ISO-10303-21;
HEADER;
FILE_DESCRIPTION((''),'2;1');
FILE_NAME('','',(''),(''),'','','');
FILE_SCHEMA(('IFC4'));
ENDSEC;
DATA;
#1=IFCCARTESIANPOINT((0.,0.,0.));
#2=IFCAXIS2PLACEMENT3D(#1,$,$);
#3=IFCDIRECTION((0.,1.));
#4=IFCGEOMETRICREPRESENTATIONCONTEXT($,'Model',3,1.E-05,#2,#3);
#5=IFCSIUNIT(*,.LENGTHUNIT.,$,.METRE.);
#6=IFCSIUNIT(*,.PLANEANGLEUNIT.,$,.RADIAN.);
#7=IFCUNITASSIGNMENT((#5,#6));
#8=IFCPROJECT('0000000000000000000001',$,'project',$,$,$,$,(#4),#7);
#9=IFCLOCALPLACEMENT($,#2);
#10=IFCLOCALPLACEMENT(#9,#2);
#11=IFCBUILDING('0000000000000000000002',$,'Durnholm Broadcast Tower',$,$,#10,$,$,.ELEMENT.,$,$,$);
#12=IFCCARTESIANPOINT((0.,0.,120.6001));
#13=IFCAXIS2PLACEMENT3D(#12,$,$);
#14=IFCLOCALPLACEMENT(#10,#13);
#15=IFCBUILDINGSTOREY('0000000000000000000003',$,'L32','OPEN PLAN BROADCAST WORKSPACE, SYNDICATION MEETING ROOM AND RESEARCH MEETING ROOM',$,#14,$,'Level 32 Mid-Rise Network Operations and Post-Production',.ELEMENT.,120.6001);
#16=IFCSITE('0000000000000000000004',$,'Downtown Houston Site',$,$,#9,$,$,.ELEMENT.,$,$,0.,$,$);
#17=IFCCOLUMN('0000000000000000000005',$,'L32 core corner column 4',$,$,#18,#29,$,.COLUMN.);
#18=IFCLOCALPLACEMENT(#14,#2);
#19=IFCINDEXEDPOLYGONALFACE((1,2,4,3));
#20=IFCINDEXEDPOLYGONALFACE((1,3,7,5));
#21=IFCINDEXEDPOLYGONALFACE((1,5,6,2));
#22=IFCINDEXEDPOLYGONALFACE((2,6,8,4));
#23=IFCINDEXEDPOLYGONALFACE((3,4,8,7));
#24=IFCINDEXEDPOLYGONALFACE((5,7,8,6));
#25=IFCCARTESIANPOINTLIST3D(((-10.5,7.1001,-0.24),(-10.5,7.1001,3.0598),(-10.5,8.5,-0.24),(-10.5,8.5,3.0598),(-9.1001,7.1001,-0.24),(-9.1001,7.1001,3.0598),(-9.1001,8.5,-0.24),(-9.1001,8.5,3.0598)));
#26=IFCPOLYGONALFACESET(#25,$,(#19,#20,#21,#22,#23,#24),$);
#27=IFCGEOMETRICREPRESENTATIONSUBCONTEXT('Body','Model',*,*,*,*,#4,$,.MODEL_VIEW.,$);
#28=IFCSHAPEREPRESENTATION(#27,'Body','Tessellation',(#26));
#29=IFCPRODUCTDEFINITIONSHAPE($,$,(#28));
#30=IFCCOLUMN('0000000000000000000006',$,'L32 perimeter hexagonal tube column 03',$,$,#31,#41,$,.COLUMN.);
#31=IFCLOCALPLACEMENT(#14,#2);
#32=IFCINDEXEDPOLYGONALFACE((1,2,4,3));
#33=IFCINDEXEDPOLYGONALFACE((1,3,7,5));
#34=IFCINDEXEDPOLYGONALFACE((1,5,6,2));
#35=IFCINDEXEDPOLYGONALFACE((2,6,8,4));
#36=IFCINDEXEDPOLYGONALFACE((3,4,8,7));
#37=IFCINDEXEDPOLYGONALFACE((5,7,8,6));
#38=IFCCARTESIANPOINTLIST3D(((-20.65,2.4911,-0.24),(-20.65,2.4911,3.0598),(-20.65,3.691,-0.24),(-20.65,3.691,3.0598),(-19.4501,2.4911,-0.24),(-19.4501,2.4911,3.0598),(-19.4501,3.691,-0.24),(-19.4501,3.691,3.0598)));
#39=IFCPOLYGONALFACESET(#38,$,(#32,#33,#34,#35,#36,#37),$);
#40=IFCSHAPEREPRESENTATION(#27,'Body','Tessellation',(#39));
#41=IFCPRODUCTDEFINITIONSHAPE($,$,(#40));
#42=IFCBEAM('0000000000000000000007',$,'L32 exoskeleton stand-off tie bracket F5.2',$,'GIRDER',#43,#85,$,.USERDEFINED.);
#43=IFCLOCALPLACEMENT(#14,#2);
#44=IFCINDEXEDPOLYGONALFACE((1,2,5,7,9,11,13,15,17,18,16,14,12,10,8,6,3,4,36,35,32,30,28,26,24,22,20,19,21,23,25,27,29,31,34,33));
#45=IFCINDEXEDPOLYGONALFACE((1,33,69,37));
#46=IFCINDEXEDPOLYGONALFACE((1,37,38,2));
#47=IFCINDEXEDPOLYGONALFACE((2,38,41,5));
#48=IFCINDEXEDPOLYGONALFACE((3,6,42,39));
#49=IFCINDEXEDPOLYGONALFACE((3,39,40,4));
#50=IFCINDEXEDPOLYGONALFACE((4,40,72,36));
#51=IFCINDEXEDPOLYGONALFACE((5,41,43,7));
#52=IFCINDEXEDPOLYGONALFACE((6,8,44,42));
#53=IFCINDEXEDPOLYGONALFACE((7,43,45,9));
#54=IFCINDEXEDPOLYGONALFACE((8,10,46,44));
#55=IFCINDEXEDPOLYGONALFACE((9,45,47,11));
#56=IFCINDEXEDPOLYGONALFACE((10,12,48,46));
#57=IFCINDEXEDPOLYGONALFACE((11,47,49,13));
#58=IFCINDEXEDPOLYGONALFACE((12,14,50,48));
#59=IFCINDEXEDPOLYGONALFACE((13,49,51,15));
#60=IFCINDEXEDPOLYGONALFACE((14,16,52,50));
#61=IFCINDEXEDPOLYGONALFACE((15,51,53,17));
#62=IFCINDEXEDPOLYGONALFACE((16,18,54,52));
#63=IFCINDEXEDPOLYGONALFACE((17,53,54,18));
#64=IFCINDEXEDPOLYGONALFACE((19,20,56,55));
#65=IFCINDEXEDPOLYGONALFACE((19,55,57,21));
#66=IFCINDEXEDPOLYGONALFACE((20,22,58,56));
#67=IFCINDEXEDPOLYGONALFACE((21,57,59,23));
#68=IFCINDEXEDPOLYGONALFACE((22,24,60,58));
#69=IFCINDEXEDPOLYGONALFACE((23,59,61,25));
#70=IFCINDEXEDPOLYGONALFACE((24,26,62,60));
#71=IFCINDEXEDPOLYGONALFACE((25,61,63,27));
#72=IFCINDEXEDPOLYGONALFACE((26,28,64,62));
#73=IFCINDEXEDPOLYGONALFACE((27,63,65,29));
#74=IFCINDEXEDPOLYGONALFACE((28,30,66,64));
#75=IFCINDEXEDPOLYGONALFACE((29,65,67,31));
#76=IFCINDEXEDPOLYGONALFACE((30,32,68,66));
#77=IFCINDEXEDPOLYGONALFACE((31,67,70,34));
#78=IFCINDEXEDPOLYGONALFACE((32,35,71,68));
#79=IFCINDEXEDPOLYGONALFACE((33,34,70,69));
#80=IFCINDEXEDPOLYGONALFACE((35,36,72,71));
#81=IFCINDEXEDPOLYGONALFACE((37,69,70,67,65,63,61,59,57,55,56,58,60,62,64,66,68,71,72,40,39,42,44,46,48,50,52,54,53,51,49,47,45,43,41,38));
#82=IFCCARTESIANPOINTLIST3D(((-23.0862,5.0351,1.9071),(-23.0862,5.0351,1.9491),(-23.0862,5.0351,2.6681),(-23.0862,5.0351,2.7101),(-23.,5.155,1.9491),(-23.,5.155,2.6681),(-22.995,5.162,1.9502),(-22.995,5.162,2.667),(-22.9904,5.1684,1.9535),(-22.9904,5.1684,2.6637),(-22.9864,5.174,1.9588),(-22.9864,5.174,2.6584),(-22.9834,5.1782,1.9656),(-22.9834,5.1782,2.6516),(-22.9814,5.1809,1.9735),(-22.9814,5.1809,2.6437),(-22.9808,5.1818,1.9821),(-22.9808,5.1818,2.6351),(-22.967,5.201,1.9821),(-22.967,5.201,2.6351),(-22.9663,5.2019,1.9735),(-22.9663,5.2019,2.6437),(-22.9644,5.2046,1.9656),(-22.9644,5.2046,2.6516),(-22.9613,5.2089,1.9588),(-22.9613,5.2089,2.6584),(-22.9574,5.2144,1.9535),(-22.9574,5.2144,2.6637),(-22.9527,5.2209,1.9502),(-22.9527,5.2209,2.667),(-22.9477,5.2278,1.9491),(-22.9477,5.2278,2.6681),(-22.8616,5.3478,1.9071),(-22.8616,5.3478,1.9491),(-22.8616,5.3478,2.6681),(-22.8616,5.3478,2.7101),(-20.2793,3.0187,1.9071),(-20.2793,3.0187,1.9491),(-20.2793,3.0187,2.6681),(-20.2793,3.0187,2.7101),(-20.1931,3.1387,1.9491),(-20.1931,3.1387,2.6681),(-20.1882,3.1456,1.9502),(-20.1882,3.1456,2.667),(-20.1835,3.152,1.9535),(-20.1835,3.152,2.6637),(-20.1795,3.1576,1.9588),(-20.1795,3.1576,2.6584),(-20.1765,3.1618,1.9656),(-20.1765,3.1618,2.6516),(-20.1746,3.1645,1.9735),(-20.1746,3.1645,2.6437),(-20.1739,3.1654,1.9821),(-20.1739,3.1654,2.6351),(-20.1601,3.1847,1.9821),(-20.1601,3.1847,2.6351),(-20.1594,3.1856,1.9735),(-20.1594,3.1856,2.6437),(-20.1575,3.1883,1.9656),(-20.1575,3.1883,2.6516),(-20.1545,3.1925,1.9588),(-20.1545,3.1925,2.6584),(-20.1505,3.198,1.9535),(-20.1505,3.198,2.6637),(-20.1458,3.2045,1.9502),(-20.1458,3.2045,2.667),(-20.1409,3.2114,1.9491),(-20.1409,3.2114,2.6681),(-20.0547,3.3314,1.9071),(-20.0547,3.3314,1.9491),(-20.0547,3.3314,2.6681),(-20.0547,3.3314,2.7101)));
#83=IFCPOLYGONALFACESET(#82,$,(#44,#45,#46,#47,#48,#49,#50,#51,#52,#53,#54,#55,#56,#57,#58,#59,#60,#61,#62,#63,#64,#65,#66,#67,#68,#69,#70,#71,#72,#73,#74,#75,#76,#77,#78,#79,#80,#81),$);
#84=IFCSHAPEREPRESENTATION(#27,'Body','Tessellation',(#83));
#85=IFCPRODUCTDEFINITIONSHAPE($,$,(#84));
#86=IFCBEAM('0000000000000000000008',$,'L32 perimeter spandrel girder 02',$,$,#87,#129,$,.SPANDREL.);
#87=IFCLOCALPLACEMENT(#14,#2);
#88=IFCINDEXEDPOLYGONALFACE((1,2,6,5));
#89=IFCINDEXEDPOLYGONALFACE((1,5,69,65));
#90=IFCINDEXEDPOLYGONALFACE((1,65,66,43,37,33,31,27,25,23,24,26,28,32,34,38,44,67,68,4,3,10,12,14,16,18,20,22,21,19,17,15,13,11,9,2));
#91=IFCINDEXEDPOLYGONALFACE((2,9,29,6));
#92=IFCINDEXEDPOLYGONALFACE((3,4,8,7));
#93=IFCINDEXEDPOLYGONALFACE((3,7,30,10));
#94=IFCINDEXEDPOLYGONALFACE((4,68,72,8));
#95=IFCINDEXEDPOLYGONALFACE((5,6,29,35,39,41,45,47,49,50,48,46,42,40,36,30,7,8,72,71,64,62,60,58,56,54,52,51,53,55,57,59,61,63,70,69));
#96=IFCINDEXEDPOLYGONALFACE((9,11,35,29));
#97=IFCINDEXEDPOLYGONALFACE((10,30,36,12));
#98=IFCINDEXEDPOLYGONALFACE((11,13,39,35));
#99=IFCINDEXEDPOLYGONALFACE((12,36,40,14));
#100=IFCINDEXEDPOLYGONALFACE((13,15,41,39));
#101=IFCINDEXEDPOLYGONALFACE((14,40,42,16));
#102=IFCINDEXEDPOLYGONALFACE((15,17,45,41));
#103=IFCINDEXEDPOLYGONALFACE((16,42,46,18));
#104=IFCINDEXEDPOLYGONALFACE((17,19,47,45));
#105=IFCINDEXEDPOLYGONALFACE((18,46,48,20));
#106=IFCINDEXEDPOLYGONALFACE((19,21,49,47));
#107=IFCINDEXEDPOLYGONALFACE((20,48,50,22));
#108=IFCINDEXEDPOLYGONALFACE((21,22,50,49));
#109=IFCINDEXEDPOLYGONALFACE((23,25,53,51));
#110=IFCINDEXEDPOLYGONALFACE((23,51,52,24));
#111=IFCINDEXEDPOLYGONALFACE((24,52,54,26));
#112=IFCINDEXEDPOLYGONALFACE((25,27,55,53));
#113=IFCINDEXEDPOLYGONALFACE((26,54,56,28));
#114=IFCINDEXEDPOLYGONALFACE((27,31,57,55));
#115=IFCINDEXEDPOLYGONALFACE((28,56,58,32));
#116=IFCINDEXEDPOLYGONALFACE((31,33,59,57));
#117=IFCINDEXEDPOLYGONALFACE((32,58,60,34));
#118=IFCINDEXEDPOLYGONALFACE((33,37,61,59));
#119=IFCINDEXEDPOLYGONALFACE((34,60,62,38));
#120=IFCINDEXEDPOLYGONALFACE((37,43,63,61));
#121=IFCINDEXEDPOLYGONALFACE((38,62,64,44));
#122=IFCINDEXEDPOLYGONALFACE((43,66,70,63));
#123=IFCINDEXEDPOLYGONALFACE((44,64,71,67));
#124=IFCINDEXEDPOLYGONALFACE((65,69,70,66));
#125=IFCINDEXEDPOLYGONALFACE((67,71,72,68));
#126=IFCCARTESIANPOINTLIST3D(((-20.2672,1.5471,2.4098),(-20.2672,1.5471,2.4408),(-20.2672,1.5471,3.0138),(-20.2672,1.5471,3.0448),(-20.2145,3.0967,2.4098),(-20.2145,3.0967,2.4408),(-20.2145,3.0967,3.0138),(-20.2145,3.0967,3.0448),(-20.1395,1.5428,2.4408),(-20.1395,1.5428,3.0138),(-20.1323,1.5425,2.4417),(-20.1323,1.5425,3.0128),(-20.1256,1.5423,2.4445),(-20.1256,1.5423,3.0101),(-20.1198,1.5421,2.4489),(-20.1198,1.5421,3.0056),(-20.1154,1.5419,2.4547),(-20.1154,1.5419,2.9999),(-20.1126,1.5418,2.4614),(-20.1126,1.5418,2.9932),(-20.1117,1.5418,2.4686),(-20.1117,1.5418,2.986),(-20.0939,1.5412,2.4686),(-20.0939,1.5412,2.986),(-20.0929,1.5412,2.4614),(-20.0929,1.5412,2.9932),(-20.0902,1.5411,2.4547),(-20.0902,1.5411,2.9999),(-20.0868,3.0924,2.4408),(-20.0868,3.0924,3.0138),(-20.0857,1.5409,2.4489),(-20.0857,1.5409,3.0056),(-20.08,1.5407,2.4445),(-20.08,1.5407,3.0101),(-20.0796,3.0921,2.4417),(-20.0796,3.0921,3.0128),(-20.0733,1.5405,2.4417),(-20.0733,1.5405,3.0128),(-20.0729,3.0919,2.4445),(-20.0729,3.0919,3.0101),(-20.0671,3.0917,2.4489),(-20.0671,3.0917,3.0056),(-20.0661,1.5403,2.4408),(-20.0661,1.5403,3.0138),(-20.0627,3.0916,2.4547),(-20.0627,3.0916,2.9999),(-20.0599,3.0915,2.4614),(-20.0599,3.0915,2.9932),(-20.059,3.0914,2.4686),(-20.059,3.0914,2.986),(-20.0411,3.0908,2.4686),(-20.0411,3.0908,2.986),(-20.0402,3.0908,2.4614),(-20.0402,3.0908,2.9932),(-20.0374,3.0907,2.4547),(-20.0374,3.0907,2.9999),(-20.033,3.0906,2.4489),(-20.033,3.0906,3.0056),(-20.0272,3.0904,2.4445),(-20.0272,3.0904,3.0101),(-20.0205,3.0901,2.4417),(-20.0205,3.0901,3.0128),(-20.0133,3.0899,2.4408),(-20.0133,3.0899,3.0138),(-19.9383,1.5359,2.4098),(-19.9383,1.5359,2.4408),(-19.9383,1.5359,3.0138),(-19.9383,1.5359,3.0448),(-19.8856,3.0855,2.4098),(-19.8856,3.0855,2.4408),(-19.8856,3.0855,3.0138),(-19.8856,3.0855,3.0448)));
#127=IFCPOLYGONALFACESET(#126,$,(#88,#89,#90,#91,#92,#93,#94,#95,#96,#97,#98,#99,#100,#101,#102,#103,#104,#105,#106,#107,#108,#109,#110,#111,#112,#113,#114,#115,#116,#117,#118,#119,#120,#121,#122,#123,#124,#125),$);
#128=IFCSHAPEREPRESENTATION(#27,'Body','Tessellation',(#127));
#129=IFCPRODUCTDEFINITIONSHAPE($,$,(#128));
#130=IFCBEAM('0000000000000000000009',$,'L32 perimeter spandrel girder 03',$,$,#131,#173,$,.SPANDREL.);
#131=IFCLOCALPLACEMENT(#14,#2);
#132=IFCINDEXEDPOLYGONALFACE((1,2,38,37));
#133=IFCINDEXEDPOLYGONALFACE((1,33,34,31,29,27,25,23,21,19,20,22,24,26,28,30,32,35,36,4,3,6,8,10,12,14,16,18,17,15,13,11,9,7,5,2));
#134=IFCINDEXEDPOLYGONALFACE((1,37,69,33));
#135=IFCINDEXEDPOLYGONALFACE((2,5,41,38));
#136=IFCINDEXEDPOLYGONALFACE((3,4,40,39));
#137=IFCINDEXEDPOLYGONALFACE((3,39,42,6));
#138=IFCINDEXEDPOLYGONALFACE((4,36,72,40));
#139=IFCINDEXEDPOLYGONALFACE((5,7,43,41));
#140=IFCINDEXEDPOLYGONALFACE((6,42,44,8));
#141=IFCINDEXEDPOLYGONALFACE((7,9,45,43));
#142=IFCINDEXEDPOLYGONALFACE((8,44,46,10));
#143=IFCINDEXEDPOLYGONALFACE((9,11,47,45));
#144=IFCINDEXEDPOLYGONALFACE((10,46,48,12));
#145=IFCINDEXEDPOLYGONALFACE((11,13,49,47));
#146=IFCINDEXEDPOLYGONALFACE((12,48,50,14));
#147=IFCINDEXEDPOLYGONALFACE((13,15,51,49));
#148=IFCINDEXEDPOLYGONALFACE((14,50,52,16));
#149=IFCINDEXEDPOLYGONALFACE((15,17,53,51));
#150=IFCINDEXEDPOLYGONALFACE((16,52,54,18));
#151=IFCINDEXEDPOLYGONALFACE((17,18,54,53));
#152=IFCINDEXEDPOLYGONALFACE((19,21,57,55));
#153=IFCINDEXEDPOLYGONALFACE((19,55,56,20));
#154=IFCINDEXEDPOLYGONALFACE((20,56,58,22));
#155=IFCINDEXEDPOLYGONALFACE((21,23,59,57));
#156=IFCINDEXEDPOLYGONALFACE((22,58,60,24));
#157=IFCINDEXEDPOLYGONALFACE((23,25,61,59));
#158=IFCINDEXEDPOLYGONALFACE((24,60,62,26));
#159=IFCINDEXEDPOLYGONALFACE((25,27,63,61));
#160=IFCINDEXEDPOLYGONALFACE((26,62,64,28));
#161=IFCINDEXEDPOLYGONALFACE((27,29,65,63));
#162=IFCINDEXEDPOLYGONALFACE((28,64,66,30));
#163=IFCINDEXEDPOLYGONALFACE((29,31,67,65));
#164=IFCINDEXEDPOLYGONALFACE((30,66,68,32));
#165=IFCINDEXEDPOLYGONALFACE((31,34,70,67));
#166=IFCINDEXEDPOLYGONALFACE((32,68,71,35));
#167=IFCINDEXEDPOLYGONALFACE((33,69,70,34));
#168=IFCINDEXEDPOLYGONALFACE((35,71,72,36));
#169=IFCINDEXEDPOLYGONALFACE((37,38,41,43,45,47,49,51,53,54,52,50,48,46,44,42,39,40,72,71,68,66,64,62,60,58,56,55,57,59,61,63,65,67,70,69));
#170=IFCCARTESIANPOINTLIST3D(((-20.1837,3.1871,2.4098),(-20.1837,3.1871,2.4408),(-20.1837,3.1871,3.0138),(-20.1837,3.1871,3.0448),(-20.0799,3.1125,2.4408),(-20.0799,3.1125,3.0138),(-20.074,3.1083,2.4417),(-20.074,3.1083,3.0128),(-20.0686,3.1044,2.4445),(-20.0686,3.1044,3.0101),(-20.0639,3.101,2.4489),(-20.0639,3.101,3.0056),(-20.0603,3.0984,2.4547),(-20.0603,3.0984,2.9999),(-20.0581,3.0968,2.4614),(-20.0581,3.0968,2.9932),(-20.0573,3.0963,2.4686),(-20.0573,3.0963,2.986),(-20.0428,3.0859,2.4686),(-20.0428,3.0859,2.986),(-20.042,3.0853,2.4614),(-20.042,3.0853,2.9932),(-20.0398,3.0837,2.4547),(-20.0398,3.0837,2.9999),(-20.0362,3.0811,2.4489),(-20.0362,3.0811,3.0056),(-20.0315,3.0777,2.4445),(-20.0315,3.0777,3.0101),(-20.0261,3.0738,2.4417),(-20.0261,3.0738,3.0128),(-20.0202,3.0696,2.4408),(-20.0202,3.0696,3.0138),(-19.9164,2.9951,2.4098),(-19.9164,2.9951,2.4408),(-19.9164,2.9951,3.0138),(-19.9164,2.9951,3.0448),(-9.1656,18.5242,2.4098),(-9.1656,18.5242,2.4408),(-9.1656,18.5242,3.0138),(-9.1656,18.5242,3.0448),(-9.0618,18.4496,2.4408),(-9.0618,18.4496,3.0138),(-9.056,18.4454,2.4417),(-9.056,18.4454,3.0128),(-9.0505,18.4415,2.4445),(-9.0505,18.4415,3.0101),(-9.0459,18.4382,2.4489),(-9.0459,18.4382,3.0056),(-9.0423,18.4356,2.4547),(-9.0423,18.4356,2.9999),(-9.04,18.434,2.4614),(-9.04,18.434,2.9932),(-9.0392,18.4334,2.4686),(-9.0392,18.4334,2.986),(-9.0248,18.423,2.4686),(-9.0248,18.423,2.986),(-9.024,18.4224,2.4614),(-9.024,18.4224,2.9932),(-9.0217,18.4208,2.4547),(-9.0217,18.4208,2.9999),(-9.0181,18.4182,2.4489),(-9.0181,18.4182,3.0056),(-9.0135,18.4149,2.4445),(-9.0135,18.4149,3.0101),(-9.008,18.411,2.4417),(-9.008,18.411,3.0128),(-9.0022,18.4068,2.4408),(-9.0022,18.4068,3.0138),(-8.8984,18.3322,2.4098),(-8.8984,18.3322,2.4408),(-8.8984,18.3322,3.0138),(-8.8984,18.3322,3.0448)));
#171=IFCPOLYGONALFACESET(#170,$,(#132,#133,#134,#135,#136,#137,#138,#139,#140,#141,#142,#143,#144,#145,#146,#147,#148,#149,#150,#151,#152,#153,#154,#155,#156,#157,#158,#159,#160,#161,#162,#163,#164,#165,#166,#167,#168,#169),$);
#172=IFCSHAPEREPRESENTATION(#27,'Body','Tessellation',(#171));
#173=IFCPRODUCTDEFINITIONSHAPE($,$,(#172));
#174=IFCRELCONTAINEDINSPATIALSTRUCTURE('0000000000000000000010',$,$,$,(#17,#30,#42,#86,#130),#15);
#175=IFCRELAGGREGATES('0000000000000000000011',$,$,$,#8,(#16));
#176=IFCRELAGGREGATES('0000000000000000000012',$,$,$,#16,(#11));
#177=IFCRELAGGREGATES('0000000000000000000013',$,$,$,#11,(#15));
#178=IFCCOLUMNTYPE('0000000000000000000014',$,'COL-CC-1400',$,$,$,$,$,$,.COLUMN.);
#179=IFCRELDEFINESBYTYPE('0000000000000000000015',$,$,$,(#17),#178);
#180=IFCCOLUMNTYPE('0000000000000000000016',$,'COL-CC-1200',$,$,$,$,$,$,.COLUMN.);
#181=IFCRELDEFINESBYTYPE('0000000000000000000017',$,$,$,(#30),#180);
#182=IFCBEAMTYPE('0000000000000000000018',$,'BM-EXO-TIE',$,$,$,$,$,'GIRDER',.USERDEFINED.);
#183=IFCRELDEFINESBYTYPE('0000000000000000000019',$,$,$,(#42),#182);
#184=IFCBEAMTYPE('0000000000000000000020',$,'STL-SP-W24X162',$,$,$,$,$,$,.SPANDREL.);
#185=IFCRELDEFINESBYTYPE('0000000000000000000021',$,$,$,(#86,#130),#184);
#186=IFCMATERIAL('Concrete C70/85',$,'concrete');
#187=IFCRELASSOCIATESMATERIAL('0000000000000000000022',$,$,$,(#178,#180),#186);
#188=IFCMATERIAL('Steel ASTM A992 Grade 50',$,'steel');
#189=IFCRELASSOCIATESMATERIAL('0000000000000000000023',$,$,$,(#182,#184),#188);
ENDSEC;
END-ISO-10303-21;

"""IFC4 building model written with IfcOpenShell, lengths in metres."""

from ifc_helpers import new_model, si_unit, direction, frame, origin, origin_2d, place, context, subcontext, project, spatial, rectangle, i_section, extrude, source, transform, mapped, material, material_profile, profile_set, type_object, type_shapes, element, save


model = new_model("IFC4")

# Units and contexts
model_context = context("Model", 3, precision=1e-05, world=origin(), true_north=direction((0.0, 1.0)))
body_context = subcontext(model_context, "Body", "Model", "MODEL_VIEW")
ifc_project = project(units=[si_unit("LENGTHUNIT", "METRE"), si_unit("PLANEANGLEUNIT", "RADIAN")], contexts=[model_context])

# Site, building, storey
site_placement = place(None, origin())
site = spatial("IfcSite", under=ifc_project, at=site_placement, Name="Downtown Houston Site", CompositionType="ELEMENT", RefElevation=0.0)
building_placement = place(site_placement, origin())
building = spatial("IfcBuilding", under=site, at=building_placement, Name="Durnholm Broadcast Tower", CompositionType="ELEMENT")
storey_placement = place(building_placement, frame((0.0, 0.0, 120.6001)))
storey = spatial("IfcBuildingStorey", under=building, at=storey_placement, Name="L32", Description="OPEN PLAN BROADCAST WORKSPACE, SYNDICATION MEETING ROOM AND RESEARCH MEETING ROOM", LongName="Level 32 Mid-Rise Network Operations and Post-Production", CompositionType="ELEMENT", Elevation=120.6001)

# Columns
ifc_material_1 = material(Name="Concrete C70/85", Category="concrete")
ifc_material_profile_1 = material_profile(ifc_material_1, rectangle(XDim=1.3999, YDim=1.3999, at=origin_2d()), Name="RC1400X1400")
ifc_profile_set_1 = profile_set([ifc_material_profile_1], Name="Concrete C70/85")
column_type_1 = type_object("IfcColumnType", Name="COL-CC-1400", PredefinedType="COLUMN", material=ifc_profile_set_1)
shared_shape_1 = source(origin(), body_context, "Body", "SweptSolid", [
    extrude(rectangle(XDim=1.3999, YDim=1.3999, at=origin_2d()), origin(), (0.0, 0.0, 1.0), 3.2998),
])
type_shapes(column_type_1, [shared_shape_1])
column_1_placement = place(storey_placement, frame((-9.8, 7.8, -0.24), z_axis=(0.0, 0.0, 1.0), x_axis=(1.0, 0.0, 0.0)))
element("IfcColumn", 1, at=column_1_placement, inside=storey, type_object=column_type_1, Name="L32 core corner column 4", PredefinedType="COLUMN", context=body_context, shape_type="MappedRepresentation", body=[
    mapped(shared_shape_1, transform((0.0, 0.0, 0.0), x_axis=(1.0, 0.0, 0.0), y_axis=(0.0, 1.0, 0.0), z_axis=(0.0, 0.0, 1.0), scale=1.0)),
])
ifc_material_profile_2 = material_profile(ifc_material_1, rectangle(XDim=1.2, YDim=1.2, at=origin_2d()), Name="RC1200X1200")
ifc_profile_set_2 = profile_set([ifc_material_profile_2], Name="Concrete C70/85")
column_type_2 = type_object("IfcColumnType", Name="COL-CC-1200", PredefinedType="COLUMN", material=ifc_profile_set_2)
shared_shape_2 = source(origin(), body_context, "Body", "SweptSolid", [
    extrude(rectangle(XDim=1.2, YDim=1.2, at=origin_2d()), origin(), (0.0, 0.0, 1.0), 3.2998),
])
type_shapes(column_type_2, [shared_shape_2])
column_2_placement = place(storey_placement, frame((-20.05, 3.0911, -0.24), z_axis=(0.0, 0.0, 1.0), x_axis=(1.0, 0.0, 0.0)))
element("IfcColumn", 2, at=column_2_placement, inside=storey, type_object=column_type_2, Name="L32 perimeter hexagonal tube column 03", PredefinedType="COLUMN", context=body_context, shape_type="MappedRepresentation", body=[
    mapped(shared_shape_2, transform((0.0, 0.0, 0.0), x_axis=(1.0, 0.0, 0.0), y_axis=(0.0, 1.0, 0.0), z_axis=(0.0, 0.0, 1.0), scale=1.0)),
])

# Beams
ifc_material_2 = material(Name="Steel ASTM A992 Grade 50", Category="steel")
ifc_material_profile_3 = material_profile(ifc_material_2, i_section(OverallWidth=0.385, OverallDepth=0.803, WebThickness=0.0237, FlangeThickness=0.042, FilletRadius=0.033, at=origin_2d()), Name="W30X261")
ifc_profile_set_3 = profile_set([ifc_material_profile_3], Name="Steel ASTM A992 Grade 50")
beam_type_1 = type_object("IfcBeamType", Name="BM-EXO-TIE", ElementType="GIRDER", PredefinedType="USERDEFINED", material=ifc_profile_set_3)
shared_shape_3 = source(origin(), body_context, "Body", "SweptSolid", [
    extrude(i_section(OverallWidth=0.385, OverallDepth=0.803, WebThickness=0.0237, FlangeThickness=0.042, FilletRadius=0.033, at=origin_2d()), origin(), (0.0, 0.0, 1.0), 3.4561),
])
type_shapes(beam_type_1, [shared_shape_3])
beam_1_placement = place(storey_placement, frame((-20.167, 3.175, 2.3086), z_axis=(-0.812165, 0.583428, 0.0), x_axis=(-0.583428, -0.812165, 0.0)))
element("IfcBeam", 3, at=beam_1_placement, inside=storey, type_object=beam_type_1, Name="L32 exoskeleton stand-off tie bracket F5.2", ObjectType="GIRDER", PredefinedType="USERDEFINED", context=body_context, shape_type="MappedRepresentation", body=[
    mapped(shared_shape_3, transform((0.0, 0.0, 0.0), x_axis=(1.0, 0.0, 0.0), y_axis=(0.0, 1.0, 0.0), z_axis=(0.0, 0.0, 1.0), scale=1.0)),
])
ifc_material_profile_4 = material_profile(ifc_material_2, i_section(OverallWidth=0.3291, OverallDepth=0.635, WebThickness=0.0178, FlangeThickness=0.031, FilletRadius=0.0278, at=origin_2d()), Name="W24X162")
ifc_profile_set_4 = profile_set([ifc_material_profile_4], Name="Steel ASTM A992 Grade 50")
beam_type_2 = type_object("IfcBeamType", Name="STL-SP-W24X162", PredefinedType="SPANDREL", material=ifc_profile_set_4)
shared_shape_4 = source(origin(), body_context, "Body", "SweptSolid", [
    extrude(i_section(OverallWidth=0.3291, OverallDepth=0.635, WebThickness=0.0178, FlangeThickness=0.031, FilletRadius=0.0278, at=origin_2d()), origin(), (0.0, 0.0, 1.0), 1.5505),
])
beam_2_placement = place(storey_placement, frame((-20.1028, 1.5415, 2.7273), z_axis=(0.034012, 0.999421, 0.0), x_axis=(-0.999421, 0.034012, 0.0)))
element("IfcBeam", 4, at=beam_2_placement, inside=storey, type_object=beam_type_2, Name="L32 perimeter spandrel girder 02", PredefinedType="SPANDREL", context=body_context, shape_type="MappedRepresentation", body=[
    mapped(shared_shape_4, transform((0.0, 0.0, 0.0), x_axis=(1.0, 0.0, 0.0), y_axis=(0.0, 1.0, 0.0), z_axis=(0.0, 0.0, 1.0), scale=1.0)),
])
shared_shape_5 = source(origin(), body_context, "Body", "SweptSolid", [
    extrude(i_section(OverallWidth=0.3291, OverallDepth=0.635, WebThickness=0.0178, FlangeThickness=0.031, FilletRadius=0.0278, at=origin_2d()), origin(), (0.0, 0.0, 1.0), 18.8845),
])
type_shapes(beam_type_2, [shared_shape_4, shared_shape_5])
beam_3_placement = place(storey_placement, frame((-20.05, 3.0911, 2.7273), z_axis=(0.583443, 0.812154, 0.0), x_axis=(-0.812154, 0.583443, 0.0)))
element("IfcBeam", 5, at=beam_3_placement, inside=storey, type_object=beam_type_2, Name="L32 perimeter spandrel girder 03", PredefinedType="SPANDREL", context=body_context, shape_type="MappedRepresentation", body=[
    mapped(shared_shape_5, transform((0.0, 0.0, 0.0), x_axis=(1.0, 0.0, 0.0), y_axis=(0.0, 1.0, 0.0), z_axis=(0.0, 0.0, 1.0), scale=1.0)),
])

save(model, "model.ifc")
